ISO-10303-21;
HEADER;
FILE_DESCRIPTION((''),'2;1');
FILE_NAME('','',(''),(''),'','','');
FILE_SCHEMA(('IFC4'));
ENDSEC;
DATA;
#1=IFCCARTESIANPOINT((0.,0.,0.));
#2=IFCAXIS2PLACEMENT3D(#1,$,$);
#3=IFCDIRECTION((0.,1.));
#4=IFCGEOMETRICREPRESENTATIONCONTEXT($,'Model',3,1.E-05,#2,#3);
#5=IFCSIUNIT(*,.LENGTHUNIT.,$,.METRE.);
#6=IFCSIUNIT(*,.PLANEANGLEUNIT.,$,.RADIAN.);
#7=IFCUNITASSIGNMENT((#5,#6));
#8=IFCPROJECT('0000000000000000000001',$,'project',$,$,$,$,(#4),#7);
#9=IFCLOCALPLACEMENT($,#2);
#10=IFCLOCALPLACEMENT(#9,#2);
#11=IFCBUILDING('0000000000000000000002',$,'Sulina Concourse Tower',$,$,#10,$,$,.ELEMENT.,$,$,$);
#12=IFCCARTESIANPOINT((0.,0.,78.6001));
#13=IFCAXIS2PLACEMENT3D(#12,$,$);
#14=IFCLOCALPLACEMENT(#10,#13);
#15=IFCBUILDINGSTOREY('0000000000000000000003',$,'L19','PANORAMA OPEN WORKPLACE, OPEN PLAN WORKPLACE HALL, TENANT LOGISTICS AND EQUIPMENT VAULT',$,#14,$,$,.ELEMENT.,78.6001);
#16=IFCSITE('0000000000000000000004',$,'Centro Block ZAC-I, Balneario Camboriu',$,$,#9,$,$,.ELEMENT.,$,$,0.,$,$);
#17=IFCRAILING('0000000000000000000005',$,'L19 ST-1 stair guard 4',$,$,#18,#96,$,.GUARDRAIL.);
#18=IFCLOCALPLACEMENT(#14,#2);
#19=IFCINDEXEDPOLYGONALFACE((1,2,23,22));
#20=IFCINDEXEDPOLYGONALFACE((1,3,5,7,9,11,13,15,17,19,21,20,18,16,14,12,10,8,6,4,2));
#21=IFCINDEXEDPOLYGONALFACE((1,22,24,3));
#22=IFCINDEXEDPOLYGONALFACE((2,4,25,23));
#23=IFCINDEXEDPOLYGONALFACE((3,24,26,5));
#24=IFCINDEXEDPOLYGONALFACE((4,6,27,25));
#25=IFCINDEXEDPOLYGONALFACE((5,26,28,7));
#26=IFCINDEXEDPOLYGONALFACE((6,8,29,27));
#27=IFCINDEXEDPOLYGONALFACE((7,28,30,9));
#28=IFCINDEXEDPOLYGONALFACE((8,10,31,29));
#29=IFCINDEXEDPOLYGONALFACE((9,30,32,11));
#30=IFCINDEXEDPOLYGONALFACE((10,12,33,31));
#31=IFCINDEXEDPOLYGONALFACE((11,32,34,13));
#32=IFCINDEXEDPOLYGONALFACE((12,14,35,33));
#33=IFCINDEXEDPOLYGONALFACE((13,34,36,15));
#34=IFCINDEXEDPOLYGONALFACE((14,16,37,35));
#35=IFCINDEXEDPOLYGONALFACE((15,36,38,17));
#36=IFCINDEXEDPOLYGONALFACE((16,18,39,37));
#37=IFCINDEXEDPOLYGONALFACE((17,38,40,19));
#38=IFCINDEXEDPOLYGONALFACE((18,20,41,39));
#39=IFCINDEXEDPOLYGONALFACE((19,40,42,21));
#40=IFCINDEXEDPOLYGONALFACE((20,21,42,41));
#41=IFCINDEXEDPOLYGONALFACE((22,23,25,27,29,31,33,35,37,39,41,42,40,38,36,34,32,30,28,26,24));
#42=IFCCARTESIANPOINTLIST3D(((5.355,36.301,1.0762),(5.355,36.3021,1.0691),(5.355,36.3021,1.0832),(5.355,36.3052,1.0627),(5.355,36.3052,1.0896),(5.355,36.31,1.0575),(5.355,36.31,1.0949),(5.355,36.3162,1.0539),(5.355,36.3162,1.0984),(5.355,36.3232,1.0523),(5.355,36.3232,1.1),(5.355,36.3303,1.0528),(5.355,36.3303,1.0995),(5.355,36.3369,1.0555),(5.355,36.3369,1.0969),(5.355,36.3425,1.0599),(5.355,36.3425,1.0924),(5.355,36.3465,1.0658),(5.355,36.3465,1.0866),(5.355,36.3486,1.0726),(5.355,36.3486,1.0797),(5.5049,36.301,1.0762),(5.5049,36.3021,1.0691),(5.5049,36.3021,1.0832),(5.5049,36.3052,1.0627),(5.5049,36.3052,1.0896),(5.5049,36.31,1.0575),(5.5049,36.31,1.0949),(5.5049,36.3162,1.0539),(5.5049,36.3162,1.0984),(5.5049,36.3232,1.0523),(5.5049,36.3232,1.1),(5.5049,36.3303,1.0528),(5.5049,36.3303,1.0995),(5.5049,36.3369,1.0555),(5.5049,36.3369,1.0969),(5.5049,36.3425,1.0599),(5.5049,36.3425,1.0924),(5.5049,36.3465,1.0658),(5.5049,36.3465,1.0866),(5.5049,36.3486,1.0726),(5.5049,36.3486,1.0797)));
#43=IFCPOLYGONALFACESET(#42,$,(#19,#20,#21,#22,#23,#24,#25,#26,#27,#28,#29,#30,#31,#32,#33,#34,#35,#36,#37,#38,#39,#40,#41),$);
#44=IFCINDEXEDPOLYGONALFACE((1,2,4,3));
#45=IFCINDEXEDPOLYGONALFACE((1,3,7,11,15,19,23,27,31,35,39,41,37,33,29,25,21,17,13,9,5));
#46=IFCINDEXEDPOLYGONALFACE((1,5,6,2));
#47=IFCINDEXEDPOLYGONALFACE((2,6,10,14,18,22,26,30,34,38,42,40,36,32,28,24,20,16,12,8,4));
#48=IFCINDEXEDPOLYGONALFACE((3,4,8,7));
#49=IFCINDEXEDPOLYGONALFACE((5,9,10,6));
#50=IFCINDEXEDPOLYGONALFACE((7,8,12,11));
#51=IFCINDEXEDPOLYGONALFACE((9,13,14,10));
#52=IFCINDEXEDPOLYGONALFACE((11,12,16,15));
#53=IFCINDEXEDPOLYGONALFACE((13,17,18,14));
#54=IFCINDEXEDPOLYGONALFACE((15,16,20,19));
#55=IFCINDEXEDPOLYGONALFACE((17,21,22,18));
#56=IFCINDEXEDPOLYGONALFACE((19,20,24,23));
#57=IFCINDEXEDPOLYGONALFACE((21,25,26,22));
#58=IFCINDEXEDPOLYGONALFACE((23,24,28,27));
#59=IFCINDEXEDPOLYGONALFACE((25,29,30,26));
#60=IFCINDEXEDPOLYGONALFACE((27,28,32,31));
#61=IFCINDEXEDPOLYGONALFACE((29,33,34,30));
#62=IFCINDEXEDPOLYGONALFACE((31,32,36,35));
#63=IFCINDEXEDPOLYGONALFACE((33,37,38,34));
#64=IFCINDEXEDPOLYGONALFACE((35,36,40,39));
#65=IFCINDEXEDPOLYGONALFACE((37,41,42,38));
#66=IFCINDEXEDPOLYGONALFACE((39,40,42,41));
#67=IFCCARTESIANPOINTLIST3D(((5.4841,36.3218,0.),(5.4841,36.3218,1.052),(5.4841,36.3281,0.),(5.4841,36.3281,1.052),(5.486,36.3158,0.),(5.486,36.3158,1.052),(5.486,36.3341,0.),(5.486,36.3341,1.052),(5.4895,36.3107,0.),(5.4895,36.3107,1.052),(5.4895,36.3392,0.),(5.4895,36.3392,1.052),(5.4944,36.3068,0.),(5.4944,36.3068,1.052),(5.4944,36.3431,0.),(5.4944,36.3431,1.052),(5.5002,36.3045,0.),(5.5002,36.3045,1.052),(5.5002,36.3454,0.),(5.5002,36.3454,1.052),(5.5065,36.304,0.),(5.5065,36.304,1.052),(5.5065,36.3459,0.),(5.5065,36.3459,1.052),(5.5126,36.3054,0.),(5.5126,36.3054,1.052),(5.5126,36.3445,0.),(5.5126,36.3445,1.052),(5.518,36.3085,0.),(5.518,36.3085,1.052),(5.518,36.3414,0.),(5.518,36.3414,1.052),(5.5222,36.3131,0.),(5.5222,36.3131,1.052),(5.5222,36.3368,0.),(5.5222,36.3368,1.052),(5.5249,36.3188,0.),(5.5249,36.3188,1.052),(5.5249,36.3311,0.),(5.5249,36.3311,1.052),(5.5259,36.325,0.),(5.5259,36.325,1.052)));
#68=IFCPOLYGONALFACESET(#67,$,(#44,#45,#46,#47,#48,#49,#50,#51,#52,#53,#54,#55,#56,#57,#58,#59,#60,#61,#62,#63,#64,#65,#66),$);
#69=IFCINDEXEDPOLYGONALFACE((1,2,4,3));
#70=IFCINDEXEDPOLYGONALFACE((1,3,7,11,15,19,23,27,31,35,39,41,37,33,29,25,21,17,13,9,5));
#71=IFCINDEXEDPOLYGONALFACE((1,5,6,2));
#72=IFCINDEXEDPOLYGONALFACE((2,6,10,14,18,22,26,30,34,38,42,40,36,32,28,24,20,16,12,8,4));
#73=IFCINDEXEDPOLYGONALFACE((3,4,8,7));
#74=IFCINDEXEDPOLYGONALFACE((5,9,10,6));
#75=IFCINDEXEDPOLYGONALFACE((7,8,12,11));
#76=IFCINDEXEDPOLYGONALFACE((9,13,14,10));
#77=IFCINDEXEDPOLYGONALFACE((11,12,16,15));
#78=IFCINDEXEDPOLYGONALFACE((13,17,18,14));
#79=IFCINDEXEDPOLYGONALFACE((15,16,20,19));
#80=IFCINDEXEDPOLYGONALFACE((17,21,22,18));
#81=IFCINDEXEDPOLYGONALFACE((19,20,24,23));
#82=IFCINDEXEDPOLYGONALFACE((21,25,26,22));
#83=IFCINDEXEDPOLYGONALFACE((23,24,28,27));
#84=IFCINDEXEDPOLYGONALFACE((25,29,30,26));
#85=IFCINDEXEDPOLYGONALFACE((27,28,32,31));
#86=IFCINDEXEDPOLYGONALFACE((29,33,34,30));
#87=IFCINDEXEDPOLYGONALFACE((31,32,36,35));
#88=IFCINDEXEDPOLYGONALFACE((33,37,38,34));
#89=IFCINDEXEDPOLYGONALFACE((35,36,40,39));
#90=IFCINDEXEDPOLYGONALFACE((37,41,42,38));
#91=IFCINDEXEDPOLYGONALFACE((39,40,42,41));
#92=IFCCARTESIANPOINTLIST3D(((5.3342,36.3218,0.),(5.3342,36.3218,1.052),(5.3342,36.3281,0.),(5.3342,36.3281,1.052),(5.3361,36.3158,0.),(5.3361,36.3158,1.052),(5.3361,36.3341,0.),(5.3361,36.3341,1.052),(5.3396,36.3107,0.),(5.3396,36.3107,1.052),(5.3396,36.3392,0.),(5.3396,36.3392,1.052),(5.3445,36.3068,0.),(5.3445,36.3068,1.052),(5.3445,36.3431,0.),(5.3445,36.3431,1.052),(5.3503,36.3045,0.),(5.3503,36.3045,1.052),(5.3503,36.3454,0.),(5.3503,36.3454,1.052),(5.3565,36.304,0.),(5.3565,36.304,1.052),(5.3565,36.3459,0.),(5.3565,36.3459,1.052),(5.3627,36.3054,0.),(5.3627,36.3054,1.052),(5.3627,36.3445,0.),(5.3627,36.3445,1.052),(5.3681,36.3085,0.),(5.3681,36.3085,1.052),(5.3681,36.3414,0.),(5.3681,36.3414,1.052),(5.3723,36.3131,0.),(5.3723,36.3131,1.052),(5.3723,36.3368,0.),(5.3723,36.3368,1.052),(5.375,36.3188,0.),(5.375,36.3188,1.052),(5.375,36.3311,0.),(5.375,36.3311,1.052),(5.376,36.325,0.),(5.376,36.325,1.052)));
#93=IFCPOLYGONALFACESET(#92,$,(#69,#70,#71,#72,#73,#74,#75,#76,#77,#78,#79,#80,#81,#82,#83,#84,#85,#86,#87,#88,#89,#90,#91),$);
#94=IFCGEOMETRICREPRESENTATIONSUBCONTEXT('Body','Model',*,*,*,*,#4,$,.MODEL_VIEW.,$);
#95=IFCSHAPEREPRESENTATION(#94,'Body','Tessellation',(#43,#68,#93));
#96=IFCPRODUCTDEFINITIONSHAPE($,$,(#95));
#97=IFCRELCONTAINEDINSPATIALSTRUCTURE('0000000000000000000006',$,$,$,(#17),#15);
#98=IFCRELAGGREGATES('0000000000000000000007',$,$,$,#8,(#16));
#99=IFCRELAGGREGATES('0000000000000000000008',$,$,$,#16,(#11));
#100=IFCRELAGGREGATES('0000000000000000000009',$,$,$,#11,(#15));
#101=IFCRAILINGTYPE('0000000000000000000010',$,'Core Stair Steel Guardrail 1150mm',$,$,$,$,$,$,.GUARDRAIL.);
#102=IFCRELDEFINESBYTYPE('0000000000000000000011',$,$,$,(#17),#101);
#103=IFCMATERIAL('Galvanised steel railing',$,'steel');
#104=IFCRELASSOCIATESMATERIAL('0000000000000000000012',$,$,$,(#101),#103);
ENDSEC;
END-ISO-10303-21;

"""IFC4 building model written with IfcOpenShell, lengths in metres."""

from ifc_helpers import new_model, si_unit, direction, frame, origin, origin_2d, place, context, subcontext, project, spatial, circle, extrude, material, type_object, element, save


model = new_model("IFC4")

# Units and contexts
model_context = context("Model", 3, precision=1e-05, world=origin(), true_north=direction((0.0, 1.0)))
body_context = subcontext(model_context, "Body", "Model", "MODEL_VIEW")
ifc_project = project(units=[si_unit("LENGTHUNIT", "METRE"), si_unit("PLANEANGLEUNIT", "RADIAN")], contexts=[model_context])

# Site, building, storey
site_placement = place(None, origin())
site = spatial("IfcSite", under=ifc_project, at=site_placement, Name="Centro Block ZAC-I, Balneario Camboriu", CompositionType="ELEMENT", RefElevation=0.0)
building_placement = place(site_placement, origin())
building = spatial("IfcBuilding", under=site, at=building_placement, Name="Sulina Concourse Tower", CompositionType="ELEMENT")
storey_placement = place(building_placement, frame((0.0, 0.0, 78.6001)))
storey = spatial("IfcBuildingStorey", under=building, at=storey_placement, Name="L19", Description="PANORAMA OPEN WORKPLACE, OPEN PLAN WORKPLACE HALL, TENANT LOGISTICS AND EQUIPMENT VAULT", CompositionType="ELEMENT", Elevation=78.6001)

# Railing
ifc_material_1 = material(Name="Galvanised steel railing", Category="steel")
railing_type_1 = type_object("IfcRailingType", Name="Core Stair Steel Guardrail 1150mm", PredefinedType="GUARDRAIL", material=ifc_material_1)
railing_1_placement = place(storey_placement, frame((5.5049, 36.325, 0.0)))
element("IfcRailing", 1, at=railing_1_placement, inside=storey, type_object=railing_type_1, Name="L19 ST-1 stair guard 4", PredefinedType="GUARDRAIL", context=body_context, shape_type="SweptSolid", body=[
    extrude(circle(Radius=0.0239, at=origin_2d()), frame((0.0, 0.0, 1.0762), z_axis=(-1.0, 0.0, 0.0), x_axis=(0.0, -1.0, 0.0)), (0.0, 0.0, 1.0), 0.1499),
    extrude(circle(Radius=0.021, at=origin_2d()), origin(), (0.0, 0.0, 1.0), 1.052),
    extrude(circle(Radius=0.021, at=origin_2d()), frame((-0.1499, 0.0, 0.0)), (0.0, 0.0, 1.0), 1.052),
])

save(model, "model.ifc")
